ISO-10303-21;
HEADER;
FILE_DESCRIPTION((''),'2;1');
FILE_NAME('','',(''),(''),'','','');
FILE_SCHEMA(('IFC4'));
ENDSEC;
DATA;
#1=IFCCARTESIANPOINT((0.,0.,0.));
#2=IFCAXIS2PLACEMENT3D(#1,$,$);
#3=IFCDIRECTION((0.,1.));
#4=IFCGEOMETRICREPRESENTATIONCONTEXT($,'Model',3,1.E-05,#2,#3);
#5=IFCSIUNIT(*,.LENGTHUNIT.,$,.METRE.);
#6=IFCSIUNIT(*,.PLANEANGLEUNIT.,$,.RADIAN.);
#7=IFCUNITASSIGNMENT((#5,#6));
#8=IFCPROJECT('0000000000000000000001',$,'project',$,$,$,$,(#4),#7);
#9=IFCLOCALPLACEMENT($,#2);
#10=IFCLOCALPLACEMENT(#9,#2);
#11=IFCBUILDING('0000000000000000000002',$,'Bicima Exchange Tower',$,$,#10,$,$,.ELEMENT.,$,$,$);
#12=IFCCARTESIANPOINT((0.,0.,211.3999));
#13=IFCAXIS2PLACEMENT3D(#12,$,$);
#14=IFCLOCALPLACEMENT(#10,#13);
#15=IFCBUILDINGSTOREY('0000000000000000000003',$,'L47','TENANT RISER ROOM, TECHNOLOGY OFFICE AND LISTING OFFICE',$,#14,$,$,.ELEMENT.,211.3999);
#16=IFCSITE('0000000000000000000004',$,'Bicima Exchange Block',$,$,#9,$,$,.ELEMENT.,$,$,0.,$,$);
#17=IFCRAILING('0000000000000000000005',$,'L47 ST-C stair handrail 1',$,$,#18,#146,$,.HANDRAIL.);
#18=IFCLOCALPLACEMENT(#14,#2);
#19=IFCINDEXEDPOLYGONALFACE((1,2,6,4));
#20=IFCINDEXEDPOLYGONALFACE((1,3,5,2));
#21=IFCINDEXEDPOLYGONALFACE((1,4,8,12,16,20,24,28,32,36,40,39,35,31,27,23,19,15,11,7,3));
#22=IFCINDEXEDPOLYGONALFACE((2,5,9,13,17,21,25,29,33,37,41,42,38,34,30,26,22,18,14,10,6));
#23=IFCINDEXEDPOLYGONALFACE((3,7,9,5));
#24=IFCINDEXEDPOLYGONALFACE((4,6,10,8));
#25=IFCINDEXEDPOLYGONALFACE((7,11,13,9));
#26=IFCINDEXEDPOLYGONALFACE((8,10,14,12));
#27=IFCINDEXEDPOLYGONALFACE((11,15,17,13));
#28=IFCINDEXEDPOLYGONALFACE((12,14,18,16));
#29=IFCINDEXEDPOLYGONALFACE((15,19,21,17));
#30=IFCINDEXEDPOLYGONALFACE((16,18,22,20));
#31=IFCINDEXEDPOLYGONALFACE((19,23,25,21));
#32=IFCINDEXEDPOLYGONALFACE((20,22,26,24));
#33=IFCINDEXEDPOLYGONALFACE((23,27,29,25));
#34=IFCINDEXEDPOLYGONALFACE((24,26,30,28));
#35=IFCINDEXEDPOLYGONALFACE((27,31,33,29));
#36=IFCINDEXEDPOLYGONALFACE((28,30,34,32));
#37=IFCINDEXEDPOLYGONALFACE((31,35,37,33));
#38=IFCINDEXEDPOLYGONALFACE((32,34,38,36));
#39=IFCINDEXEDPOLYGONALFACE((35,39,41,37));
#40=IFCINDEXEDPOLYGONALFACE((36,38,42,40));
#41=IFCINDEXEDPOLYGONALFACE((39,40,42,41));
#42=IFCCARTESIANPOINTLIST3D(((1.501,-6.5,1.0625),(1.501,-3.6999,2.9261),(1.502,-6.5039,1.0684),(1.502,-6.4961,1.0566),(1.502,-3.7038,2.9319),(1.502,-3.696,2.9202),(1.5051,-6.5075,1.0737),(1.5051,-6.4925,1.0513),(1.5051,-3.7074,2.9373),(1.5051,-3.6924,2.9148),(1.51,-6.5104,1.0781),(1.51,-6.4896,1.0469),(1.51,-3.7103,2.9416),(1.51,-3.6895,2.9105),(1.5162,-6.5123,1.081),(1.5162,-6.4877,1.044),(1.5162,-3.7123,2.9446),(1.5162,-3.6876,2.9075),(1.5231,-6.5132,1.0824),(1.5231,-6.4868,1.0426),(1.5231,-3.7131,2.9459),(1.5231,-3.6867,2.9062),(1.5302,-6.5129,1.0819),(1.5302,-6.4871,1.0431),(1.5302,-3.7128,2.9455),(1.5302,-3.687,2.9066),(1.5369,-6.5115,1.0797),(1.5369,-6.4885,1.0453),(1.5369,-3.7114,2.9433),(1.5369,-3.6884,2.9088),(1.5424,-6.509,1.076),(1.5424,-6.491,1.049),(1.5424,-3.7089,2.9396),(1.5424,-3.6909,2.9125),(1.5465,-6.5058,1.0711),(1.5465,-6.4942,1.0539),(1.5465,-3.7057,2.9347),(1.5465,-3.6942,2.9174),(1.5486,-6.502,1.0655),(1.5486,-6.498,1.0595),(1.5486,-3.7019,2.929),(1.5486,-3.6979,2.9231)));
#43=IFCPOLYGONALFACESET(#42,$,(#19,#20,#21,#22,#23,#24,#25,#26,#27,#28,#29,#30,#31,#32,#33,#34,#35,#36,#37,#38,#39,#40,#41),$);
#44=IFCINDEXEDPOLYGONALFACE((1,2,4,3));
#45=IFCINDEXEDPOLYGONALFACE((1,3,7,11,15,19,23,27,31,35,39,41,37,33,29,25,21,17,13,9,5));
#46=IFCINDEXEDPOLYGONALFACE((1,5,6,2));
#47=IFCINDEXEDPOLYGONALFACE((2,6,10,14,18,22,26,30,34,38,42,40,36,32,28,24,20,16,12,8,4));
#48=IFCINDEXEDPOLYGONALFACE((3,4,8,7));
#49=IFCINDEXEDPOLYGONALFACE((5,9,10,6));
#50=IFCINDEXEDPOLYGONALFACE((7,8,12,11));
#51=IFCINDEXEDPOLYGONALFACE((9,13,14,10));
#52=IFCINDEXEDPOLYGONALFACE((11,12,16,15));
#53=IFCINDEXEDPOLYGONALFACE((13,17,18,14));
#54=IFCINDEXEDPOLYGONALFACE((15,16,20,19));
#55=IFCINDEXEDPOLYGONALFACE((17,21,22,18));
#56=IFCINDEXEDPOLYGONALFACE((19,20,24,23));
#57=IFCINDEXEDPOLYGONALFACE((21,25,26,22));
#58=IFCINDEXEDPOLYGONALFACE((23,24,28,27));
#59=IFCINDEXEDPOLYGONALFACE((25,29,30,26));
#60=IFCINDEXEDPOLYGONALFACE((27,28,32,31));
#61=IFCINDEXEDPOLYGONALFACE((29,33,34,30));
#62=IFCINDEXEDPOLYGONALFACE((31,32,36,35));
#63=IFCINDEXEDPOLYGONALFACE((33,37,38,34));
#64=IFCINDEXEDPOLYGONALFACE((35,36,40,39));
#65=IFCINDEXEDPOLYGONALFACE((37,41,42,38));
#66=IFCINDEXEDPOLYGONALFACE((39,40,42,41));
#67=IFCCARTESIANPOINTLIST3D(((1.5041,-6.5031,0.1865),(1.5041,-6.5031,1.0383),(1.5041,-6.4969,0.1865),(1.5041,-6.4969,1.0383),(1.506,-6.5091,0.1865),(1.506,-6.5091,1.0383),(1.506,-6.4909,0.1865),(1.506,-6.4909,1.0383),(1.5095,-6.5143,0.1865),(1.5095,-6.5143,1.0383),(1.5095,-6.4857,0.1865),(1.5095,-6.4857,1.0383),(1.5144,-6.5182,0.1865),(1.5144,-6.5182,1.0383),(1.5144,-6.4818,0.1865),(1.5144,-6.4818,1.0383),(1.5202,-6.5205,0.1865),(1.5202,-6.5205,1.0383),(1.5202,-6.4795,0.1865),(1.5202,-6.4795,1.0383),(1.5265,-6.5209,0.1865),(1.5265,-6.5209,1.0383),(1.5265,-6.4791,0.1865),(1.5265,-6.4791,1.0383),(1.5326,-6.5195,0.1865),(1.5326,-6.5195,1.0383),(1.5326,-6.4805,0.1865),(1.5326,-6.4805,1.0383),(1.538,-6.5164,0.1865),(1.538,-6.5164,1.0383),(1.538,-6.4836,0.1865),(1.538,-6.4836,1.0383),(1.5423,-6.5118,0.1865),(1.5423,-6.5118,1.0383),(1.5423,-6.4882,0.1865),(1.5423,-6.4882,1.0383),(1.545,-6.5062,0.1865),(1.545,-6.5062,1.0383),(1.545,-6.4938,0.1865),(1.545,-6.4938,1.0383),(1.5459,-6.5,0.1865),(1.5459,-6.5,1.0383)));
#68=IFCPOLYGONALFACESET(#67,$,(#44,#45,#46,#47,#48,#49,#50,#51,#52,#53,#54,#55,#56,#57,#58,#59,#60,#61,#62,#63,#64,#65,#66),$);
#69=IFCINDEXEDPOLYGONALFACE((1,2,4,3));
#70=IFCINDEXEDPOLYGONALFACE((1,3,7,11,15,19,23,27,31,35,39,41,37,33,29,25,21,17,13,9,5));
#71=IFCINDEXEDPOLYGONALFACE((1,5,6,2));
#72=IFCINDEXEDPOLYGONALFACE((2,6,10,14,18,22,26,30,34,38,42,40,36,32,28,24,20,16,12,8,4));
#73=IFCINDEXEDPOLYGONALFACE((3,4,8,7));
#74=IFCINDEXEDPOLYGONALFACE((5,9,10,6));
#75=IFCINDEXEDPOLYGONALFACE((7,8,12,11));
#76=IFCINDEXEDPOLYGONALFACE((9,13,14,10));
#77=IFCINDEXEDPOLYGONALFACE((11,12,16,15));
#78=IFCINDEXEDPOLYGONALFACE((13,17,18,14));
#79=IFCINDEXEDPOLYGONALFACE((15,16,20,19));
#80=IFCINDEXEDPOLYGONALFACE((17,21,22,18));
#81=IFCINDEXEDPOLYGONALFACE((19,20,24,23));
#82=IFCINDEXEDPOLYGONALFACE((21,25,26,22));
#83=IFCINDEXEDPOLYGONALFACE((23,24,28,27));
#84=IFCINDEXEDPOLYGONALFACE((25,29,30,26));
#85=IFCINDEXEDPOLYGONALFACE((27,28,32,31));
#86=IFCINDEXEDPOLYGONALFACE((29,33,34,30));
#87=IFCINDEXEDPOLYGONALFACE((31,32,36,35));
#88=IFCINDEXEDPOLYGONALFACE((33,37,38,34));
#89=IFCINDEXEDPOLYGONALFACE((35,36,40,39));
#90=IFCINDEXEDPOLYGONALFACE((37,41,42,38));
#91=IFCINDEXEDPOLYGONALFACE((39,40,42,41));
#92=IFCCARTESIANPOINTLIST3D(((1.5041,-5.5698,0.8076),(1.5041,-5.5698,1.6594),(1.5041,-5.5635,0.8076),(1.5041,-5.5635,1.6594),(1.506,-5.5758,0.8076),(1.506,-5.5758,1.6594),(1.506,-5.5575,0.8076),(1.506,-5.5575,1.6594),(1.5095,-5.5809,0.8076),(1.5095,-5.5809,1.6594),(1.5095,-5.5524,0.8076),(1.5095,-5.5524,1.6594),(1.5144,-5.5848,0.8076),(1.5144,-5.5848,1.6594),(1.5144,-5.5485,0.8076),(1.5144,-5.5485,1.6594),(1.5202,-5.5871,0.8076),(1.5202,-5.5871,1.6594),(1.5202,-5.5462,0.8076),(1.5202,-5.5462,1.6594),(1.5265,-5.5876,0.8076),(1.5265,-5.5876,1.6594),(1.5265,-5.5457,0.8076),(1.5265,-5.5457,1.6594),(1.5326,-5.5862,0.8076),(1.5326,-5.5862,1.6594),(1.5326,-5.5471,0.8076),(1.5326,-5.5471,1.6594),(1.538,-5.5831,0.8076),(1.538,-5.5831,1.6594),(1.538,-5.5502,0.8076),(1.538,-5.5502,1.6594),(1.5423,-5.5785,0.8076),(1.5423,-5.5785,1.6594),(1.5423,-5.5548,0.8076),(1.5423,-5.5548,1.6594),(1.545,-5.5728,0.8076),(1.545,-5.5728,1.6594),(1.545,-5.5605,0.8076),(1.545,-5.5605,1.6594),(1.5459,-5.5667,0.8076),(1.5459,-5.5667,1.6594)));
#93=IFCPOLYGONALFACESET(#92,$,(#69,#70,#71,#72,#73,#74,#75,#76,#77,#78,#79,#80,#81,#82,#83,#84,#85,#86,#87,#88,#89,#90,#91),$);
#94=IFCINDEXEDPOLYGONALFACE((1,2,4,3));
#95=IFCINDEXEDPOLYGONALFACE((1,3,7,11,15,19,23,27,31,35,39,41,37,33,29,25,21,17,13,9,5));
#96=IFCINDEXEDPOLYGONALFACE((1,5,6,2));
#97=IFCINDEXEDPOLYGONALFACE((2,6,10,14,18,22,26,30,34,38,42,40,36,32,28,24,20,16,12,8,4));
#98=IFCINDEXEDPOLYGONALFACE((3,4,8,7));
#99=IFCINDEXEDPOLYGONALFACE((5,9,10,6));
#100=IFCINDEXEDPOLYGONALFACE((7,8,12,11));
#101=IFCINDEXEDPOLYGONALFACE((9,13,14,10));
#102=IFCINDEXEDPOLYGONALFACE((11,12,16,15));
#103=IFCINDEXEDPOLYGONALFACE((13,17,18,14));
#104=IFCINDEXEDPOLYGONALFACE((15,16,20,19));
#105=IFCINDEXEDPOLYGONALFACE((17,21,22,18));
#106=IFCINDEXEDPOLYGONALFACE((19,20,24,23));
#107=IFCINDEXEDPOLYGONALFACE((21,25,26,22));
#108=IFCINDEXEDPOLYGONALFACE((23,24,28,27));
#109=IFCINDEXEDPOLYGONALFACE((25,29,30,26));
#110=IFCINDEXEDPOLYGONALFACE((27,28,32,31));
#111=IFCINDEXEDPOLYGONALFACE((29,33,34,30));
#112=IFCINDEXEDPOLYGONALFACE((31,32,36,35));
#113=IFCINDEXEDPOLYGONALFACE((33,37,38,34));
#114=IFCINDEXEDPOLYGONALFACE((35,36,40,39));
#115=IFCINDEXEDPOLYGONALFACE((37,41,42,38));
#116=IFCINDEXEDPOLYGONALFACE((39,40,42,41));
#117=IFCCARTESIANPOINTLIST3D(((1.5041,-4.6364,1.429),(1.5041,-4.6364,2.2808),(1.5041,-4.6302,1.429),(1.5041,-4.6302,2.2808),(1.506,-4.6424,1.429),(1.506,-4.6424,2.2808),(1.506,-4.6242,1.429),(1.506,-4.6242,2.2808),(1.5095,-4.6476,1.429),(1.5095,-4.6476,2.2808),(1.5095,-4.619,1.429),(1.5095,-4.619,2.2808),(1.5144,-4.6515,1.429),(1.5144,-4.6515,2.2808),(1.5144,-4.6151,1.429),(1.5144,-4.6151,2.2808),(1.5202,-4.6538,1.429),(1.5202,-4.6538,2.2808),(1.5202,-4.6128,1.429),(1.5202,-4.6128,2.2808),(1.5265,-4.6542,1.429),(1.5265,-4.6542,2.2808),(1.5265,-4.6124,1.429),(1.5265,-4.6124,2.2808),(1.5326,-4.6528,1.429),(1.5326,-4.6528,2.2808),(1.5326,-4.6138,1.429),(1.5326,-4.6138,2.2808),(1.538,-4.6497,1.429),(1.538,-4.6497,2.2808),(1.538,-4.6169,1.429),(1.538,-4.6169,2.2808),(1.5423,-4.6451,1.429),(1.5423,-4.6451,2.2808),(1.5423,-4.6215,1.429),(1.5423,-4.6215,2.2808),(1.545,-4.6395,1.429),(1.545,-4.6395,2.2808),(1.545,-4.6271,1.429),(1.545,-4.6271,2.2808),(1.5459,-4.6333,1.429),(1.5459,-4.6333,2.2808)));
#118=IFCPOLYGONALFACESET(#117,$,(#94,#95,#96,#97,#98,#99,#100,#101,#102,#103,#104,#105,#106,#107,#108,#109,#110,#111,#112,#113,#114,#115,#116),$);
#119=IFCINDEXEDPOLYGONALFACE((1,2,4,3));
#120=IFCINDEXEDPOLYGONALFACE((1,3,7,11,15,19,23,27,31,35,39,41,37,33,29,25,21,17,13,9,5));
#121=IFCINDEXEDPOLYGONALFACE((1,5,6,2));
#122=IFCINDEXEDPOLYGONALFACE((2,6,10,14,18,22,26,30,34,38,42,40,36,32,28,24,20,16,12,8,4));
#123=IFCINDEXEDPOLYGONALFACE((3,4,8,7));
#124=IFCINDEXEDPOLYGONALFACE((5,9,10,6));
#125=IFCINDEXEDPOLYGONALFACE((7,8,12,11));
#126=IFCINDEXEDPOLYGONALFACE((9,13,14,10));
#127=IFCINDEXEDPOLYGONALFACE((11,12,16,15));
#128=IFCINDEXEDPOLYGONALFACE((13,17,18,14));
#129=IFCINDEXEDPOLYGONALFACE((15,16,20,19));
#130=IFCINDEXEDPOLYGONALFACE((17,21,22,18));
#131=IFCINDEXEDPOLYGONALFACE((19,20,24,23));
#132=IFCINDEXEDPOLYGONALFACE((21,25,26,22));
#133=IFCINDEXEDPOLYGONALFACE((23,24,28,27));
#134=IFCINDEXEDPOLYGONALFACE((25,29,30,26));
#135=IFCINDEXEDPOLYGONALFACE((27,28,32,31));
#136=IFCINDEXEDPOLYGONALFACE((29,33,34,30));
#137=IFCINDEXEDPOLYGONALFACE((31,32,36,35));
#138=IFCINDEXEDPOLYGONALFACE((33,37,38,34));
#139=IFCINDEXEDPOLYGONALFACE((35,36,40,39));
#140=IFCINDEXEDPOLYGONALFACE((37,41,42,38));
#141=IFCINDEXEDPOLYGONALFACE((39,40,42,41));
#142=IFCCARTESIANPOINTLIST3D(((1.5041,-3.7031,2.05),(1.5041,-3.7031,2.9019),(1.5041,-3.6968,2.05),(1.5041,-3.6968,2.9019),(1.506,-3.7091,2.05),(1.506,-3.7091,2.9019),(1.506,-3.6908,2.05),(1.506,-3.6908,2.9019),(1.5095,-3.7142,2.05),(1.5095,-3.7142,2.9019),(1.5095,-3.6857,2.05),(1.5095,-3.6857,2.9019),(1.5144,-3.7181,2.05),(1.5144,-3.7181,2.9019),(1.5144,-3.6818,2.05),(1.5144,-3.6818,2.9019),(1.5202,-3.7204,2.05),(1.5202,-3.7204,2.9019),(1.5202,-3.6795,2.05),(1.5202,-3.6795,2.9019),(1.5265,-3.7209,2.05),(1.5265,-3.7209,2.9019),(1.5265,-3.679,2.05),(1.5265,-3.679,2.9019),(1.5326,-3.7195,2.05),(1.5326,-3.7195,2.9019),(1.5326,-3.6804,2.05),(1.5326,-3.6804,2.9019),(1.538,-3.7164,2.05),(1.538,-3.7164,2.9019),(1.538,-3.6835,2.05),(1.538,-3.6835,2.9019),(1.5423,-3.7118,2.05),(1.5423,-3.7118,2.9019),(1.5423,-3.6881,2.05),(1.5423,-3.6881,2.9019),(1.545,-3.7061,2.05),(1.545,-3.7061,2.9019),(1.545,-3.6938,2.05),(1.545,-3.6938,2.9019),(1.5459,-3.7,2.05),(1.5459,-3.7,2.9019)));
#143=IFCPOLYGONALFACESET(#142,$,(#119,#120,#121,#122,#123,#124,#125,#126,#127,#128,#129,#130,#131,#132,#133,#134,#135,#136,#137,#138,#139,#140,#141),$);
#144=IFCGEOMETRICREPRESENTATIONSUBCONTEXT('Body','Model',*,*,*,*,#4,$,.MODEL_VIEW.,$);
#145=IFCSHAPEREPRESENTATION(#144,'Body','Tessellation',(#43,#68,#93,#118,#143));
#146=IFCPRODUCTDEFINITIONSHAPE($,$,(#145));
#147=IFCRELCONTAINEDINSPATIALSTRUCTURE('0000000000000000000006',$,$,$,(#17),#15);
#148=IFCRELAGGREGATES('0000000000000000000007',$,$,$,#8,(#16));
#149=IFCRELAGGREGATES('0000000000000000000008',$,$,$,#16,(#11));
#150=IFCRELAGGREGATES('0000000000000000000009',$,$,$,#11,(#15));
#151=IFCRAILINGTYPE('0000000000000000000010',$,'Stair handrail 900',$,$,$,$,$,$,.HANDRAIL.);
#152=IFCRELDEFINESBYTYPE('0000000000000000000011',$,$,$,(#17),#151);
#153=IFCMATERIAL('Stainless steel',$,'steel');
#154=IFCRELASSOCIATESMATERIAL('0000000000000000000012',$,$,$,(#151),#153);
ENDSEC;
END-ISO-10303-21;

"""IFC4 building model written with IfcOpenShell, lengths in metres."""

from ifc_helpers import new_model, si_unit, direction, frame, origin, origin_2d, place, context, subcontext, project, spatial, circle, extrude, material, type_object, element, save


model = new_model("IFC4")

# Units and contexts
model_context = context("Model", 3, precision=1e-05, world=origin(), true_north=direction((0.0, 1.0)))
body_context = subcontext(model_context, "Body", "Model", "MODEL_VIEW")
ifc_project = project(units=[si_unit("LENGTHUNIT", "METRE"), si_unit("PLANEANGLEUNIT", "RADIAN")], contexts=[model_context])

# Site, building, storey
site_placement = place(None, origin())
site = spatial("IfcSite", under=ifc_project, at=site_placement, Name="Bicima Exchange Block", CompositionType="ELEMENT", RefElevation=0.0)
building_placement = place(site_placement, origin())
building = spatial("IfcBuilding", under=site, at=building_placement, Name="Bicima Exchange Tower", CompositionType="ELEMENT")
storey_placement = place(building_placement, frame((0.0, 0.0, 211.3999)))
storey = spatial("IfcBuildingStorey", under=building, at=storey_placement, Name="L47", Description="TENANT RISER ROOM, TECHNOLOGY OFFICE AND LISTING OFFICE", CompositionType="ELEMENT", Elevation=211.3999)

# Shared definitions
ifc_material_1 = material(Name="Stainless steel", Category="steel")

# Railing
railing_type_1 = type_object("IfcRailingType", Name="Stair handrail 900", PredefinedType="HANDRAIL", material=ifc_material_1)
railing_1_placement = place(storey_placement, frame((1.5249, -6.5, 0.1865)))
element("IfcRailing", 1, at=railing_1_placement, inside=storey, type_object=railing_type_1, Name="L47 ST-C stair handrail 1", PredefinedType="HANDRAIL", context=body_context, shape_type="SweptSolid", body=[
    extrude(circle(Radius=0.0239, at=origin_2d()), frame((0.0, 0.0, 0.876), z_axis=(0.0, 0.832486, 0.554047), x_axis=(-1.0, 0.0, 0.0)), (0.0, 0.0, 1.0), 3.3635),
    extrude(circle(Radius=0.021, at=origin_2d()), origin(), (0.0, 0.0, 1.0), 0.8518),
    extrude(circle(Radius=0.021, at=origin_2d()), frame((0.0, 0.9333, 0.6211)), (0.0, 0.0, 1.0), 0.8518),
    extrude(circle(Radius=0.021, at=origin_2d()), frame((0.0, 1.8667, 1.2424)), (0.0, 0.0, 1.0), 0.8518),
    extrude(circle(Radius=0.021, at=origin_2d()), frame((0.0, 2.8, 1.8635)), (0.0, 0.0, 1.0), 0.8518),
])

save(model, "model.ifc")
